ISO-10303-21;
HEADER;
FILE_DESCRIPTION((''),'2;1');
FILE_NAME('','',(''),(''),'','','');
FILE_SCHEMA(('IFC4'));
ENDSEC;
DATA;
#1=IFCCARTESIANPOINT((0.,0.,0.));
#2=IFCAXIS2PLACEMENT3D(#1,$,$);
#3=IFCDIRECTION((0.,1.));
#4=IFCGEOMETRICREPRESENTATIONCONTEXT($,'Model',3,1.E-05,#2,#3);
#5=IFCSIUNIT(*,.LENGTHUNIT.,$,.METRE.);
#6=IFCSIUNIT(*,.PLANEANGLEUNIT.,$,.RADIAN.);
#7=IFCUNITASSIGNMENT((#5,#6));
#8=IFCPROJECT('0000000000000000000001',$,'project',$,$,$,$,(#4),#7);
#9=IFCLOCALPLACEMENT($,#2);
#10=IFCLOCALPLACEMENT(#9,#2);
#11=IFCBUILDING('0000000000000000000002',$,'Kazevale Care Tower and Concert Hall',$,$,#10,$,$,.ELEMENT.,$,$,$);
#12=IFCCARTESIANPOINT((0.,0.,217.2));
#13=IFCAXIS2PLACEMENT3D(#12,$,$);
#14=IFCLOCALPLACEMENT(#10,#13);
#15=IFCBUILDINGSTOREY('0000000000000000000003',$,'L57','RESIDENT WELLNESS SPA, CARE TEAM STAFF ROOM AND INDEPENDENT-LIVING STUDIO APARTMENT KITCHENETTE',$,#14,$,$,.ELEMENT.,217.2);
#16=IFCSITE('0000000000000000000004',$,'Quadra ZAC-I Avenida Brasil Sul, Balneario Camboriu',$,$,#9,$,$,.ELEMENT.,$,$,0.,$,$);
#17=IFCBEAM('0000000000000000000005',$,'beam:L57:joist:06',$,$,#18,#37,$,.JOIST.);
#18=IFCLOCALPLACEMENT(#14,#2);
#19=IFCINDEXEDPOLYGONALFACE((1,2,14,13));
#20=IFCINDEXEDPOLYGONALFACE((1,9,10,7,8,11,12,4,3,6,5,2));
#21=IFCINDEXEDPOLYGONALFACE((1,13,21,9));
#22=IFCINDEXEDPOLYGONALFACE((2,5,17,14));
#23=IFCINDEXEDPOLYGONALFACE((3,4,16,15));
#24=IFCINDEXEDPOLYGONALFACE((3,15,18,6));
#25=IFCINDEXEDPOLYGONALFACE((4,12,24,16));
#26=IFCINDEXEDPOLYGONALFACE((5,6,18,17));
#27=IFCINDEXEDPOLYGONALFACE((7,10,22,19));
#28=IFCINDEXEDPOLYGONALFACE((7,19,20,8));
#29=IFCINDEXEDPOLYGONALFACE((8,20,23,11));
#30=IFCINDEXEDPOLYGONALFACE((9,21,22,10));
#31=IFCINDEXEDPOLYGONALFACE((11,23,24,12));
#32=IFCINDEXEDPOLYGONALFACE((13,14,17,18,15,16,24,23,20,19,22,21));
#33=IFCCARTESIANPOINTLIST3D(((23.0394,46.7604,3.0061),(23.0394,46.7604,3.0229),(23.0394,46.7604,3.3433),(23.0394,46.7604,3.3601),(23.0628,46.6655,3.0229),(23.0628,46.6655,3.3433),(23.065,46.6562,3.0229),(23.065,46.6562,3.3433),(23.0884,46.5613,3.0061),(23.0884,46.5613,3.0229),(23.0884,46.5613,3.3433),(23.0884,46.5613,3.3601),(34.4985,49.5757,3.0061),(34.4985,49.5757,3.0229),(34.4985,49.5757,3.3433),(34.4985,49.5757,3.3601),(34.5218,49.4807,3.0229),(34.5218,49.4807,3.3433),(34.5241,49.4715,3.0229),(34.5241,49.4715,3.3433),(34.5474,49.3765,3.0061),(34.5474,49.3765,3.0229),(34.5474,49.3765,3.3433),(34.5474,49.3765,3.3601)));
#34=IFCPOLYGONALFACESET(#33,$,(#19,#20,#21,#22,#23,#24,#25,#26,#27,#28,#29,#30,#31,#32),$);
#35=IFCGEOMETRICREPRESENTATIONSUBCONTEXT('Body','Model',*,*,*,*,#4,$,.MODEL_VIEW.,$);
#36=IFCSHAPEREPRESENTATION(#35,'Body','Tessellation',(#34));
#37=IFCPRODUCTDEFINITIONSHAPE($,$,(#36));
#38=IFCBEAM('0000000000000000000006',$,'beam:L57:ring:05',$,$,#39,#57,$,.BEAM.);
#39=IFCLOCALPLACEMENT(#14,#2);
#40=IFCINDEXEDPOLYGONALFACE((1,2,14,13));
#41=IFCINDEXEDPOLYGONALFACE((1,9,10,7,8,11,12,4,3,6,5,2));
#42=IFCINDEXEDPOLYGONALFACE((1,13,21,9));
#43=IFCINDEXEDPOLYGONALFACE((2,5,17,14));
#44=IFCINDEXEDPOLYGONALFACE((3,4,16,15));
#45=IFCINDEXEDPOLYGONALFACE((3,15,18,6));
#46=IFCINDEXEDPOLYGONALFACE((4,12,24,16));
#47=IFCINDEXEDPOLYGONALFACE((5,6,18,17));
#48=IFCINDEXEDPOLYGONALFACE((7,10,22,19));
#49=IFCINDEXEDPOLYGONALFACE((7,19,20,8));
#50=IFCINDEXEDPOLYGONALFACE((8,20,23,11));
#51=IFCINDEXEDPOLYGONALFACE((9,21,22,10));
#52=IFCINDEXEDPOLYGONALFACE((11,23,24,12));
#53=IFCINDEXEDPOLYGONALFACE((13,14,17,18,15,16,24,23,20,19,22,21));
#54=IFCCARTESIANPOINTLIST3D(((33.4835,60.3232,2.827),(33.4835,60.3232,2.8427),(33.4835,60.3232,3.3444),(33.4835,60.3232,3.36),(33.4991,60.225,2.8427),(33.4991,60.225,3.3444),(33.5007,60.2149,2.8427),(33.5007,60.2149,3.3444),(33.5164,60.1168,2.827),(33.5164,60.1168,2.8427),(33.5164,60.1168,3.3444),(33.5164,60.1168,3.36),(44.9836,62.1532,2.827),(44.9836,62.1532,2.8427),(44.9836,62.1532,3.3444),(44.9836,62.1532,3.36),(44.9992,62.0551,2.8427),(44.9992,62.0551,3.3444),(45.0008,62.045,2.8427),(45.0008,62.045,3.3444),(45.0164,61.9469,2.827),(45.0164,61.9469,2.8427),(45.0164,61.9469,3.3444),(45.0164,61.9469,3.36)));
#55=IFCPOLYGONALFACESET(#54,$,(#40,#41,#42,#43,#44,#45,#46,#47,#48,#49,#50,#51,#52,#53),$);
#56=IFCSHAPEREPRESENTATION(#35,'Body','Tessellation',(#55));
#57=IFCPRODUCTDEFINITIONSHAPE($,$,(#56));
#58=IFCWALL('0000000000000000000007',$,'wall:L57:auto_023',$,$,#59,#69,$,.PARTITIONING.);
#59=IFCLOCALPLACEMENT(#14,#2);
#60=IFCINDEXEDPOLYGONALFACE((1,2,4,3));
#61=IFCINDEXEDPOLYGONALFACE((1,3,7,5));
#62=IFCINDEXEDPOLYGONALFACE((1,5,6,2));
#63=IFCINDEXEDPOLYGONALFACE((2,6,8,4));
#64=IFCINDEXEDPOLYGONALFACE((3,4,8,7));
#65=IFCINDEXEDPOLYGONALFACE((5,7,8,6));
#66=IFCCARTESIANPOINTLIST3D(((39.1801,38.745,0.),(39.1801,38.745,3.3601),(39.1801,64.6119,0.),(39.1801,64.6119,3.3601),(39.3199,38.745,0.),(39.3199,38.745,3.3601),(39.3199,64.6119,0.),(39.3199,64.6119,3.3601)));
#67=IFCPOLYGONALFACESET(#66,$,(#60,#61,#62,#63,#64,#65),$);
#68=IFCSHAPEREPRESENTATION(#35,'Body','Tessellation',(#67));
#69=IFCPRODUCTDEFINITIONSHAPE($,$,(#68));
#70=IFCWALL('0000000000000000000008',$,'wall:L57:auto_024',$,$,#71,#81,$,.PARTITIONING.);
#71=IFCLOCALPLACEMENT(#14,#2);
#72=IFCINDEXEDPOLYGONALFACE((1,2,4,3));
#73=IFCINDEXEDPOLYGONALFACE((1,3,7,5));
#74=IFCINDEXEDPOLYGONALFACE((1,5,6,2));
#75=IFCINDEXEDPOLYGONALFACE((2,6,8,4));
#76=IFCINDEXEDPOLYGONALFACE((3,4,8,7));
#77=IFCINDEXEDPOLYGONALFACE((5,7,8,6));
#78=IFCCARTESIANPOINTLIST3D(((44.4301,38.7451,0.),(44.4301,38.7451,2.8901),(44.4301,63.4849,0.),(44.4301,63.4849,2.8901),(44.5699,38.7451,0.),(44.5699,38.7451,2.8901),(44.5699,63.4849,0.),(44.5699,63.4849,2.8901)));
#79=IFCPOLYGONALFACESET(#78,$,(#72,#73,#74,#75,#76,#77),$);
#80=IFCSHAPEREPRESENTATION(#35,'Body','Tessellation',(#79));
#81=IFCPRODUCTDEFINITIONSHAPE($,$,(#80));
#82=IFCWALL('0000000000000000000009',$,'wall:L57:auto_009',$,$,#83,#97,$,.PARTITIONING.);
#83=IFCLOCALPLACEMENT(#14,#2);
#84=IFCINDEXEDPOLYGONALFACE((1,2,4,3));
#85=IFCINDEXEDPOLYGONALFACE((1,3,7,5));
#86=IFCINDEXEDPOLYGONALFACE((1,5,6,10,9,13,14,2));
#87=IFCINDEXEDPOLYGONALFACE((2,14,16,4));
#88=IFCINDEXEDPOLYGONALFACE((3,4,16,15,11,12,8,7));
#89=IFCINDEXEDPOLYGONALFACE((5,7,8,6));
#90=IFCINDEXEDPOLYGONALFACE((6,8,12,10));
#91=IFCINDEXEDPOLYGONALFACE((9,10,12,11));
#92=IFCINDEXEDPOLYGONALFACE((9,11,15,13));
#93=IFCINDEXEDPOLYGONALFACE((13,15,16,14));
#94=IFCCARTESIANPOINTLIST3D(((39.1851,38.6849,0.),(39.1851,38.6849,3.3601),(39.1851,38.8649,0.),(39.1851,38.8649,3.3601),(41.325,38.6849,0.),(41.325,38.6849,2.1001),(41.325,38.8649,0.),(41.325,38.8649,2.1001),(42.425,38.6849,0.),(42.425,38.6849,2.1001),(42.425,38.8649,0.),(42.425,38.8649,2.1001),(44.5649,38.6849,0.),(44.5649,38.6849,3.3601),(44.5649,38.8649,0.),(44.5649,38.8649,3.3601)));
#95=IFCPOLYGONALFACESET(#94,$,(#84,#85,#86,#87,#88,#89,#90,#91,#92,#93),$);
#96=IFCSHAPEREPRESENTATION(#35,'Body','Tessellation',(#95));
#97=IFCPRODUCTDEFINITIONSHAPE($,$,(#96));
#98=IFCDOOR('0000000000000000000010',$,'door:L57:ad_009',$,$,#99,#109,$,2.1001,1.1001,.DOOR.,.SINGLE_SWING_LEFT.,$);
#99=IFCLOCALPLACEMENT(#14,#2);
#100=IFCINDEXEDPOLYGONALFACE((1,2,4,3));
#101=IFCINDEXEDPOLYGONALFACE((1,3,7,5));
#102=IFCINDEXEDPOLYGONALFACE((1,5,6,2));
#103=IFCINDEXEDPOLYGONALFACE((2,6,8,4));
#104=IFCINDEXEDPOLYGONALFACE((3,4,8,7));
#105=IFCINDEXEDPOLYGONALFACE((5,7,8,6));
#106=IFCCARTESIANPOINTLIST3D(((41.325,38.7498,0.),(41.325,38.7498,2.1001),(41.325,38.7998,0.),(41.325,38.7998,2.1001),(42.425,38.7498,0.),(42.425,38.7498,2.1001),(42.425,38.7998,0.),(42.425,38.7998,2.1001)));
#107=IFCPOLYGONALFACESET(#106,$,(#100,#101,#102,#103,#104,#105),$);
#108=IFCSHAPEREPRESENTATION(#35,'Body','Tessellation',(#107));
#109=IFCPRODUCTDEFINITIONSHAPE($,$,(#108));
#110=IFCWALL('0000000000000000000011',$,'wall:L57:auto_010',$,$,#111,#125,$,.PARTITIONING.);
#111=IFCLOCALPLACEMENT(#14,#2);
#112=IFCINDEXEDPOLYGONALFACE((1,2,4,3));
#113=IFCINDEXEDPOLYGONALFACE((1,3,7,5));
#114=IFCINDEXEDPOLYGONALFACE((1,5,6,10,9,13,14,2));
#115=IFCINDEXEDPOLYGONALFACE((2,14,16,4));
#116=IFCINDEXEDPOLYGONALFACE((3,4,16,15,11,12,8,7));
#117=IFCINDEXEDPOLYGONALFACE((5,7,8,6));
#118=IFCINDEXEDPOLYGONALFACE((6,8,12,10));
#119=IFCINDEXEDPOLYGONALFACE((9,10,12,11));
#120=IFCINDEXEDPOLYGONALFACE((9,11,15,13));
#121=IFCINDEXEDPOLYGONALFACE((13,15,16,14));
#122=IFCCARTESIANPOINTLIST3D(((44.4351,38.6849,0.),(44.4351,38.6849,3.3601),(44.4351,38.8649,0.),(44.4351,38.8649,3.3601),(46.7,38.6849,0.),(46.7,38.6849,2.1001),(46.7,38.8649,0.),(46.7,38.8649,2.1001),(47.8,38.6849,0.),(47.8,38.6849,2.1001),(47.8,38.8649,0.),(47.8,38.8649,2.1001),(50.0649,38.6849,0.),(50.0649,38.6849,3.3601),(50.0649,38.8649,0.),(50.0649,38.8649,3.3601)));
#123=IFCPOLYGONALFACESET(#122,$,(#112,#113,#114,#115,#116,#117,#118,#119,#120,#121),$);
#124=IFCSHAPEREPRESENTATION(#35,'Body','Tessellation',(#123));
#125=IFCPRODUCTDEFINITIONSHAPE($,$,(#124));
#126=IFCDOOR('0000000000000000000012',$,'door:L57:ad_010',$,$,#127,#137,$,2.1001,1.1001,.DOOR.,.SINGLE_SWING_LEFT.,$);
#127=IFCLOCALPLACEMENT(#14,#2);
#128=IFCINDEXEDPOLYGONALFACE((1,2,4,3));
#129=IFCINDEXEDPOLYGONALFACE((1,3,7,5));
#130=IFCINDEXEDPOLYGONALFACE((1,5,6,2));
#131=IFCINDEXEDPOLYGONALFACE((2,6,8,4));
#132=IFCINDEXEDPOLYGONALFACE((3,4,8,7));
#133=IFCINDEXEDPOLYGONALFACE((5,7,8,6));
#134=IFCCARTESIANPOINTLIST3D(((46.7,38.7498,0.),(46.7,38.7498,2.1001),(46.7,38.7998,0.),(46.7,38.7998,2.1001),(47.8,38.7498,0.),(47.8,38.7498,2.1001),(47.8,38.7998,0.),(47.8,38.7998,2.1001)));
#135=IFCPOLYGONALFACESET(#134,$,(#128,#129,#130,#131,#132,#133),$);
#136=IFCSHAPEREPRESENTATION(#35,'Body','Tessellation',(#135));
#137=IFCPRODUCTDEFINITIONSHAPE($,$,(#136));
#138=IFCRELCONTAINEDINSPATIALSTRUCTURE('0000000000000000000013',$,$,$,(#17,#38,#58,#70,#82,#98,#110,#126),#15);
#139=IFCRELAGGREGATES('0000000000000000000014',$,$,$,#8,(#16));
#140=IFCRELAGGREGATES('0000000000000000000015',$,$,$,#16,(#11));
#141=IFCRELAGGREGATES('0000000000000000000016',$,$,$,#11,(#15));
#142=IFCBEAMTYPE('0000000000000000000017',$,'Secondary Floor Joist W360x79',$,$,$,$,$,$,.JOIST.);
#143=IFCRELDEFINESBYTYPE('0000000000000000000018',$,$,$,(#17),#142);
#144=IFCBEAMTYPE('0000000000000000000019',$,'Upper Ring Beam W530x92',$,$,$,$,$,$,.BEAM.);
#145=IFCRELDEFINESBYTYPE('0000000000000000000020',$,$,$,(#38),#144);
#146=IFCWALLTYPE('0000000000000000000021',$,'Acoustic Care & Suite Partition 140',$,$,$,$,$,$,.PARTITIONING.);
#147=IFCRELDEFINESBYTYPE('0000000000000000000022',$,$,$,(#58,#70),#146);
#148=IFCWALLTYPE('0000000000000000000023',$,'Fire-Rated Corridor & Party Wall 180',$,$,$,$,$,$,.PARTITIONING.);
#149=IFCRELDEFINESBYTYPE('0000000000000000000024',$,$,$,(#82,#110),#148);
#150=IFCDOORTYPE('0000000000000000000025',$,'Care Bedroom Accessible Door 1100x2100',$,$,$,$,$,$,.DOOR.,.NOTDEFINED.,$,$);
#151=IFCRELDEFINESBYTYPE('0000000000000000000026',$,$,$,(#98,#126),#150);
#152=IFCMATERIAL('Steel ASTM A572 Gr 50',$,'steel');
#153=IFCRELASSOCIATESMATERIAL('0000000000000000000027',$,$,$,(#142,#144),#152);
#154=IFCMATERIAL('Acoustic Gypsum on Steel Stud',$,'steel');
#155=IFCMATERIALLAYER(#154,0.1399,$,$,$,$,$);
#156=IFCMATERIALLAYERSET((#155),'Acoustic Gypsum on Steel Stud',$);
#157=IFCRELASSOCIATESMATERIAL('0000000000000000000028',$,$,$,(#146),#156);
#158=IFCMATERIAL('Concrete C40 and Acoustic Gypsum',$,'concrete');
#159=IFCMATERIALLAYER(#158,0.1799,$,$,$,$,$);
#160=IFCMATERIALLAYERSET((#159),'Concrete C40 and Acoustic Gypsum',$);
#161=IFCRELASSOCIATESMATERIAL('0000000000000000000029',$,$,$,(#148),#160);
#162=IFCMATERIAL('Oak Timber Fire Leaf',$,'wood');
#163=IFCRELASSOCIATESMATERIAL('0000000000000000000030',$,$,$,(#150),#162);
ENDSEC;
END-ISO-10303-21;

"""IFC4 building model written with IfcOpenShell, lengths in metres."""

from ifc_helpers import new_model, si_unit, direction, frame, frame_2d, origin, origin_2d, place, context, subcontext, project, spatial, rectangle, i_section, extrude, material, layer, layer_set, material_profile, profile_set, type_object, element, fill, save


model = new_model("IFC4")

# Units and contexts
model_context = context("Model", 3, precision=1e-05, world=origin(), true_north=direction((0.0, 1.0)))
body_context = subcontext(model_context, "Body", "Model", "MODEL_VIEW")
ifc_project = project(units=[si_unit("LENGTHUNIT", "METRE"), si_unit("PLANEANGLEUNIT", "RADIAN")], contexts=[model_context])

# Site, building, storey
site_placement = place(None, origin())
site = spatial("IfcSite", under=ifc_project, at=site_placement, Name="Quadra ZAC-I Avenida Brasil Sul, Balneario Camboriu", CompositionType="ELEMENT", RefElevation=0.0)
building_placement = place(site_placement, origin())
building = spatial("IfcBuilding", under=site, at=building_placement, Name="Kazevale Care Tower and Concert Hall", CompositionType="ELEMENT")
storey_placement = place(building_placement, frame((0.0, 0.0, 217.2)))
storey = spatial("IfcBuildingStorey", under=building, at=storey_placement, Name="L57", Description="RESIDENT WELLNESS SPA, CARE TEAM STAFF ROOM AND INDEPENDENT-LIVING STUDIO APARTMENT KITCHENETTE", CompositionType="ELEMENT", Elevation=217.2)

# Beams
ifc_material_1 = material(Name="Steel ASTM A572 Gr 50", Category="steel")
ifc_material_profile_1 = material_profile(ifc_material_1, i_section(OverallWidth=0.2051, OverallDepth=0.354, WebThickness=0.0095, FlangeThickness=0.0168, at=origin_2d()), Name="W360x79")
ifc_profile_set_1 = profile_set([ifc_material_profile_1], Name="Steel ASTM A572 Gr 50")
beam_type_1 = type_object("IfcBeamType", Name="Secondary Floor Joist W360x79", PredefinedType="JOIST", material=ifc_profile_set_1)
beam_1_placement = place(storey_placement, frame((34.5229, 49.4761, 3.1831), z_axis=(-0.971123, -0.238581, 0.0), x_axis=(0.238581, -0.971123, 0.0)))
element("IfcBeam", 1, at=beam_1_placement, inside=storey, type_object=beam_type_1, Name="beam:L57:joist:06", PredefinedType="JOIST", context=body_context, shape_type="SweptSolid", body=[
    extrude(i_section(OverallWidth=0.2051, OverallDepth=0.354, WebThickness=0.0095, FlangeThickness=0.0168, at=origin_2d()), origin(), (0.0, 0.0, 1.0), 11.7998),
])
ifc_material_profile_2 = material_profile(ifc_material_1, i_section(OverallWidth=0.209, OverallDepth=0.533, WebThickness=0.0103, FlangeThickness=0.0156, at=origin_2d()), Name="W530x92")
ifc_profile_set_2 = profile_set([ifc_material_profile_2], Name="Steel ASTM A572 Gr 50")
beam_type_2 = type_object("IfcBeamType", Name="Upper Ring Beam W530x92", PredefinedType="BEAM", material=ifc_profile_set_2)
beam_2_placement = place(storey_placement, frame((45.0, 62.05, 3.0935), z_axis=(-0.987573, -0.15716, 0.0), x_axis=(0.15716, -0.987573, 0.0)))
element("IfcBeam", 2, at=beam_2_placement, inside=storey, type_object=beam_type_2, Name="beam:L57:ring:05", PredefinedType="BEAM", context=body_context, shape_type="SweptSolid", body=[
    extrude(i_section(OverallWidth=0.209, OverallDepth=0.533, WebThickness=0.0103, FlangeThickness=0.0156, at=origin_2d()), origin(), (0.0, 0.0, 1.0), 11.6448),
])

# Walls
ifc_material_2 = material(Name="Acoustic Gypsum on Steel Stud", Category="steel")
ifc_layer_1 = layer(ifc_material_2, 0.1399)
ifc_layer_set_1 = layer_set([ifc_layer_1], Name="Acoustic Gypsum on Steel Stud")
wall_type_1 = type_object("IfcWallType", Name="Acoustic Care & Suite Partition 140", PredefinedType="PARTITIONING", material=ifc_layer_set_1)
wall_1_placement = place(storey_placement, frame((39.25, 64.6121, 0.0), z_axis=(0.0, 0.0, 1.0), x_axis=(0.0, -1.0, 0.0)))
element("IfcWall", 3, at=wall_1_placement, inside=storey, type_object=wall_type_1, Name="wall:L57:auto_023", PredefinedType="PARTITIONING", context=body_context, shape_type="SweptSolid", body=[
    extrude(rectangle(XDim=25.8669, YDim=0.1399, at=frame_2d((12.9336, 0.0))), origin(), (0.0, 0.0, 1.0), 3.3601),
])
wall_2_placement = place(storey_placement, frame((44.5, 63.4849, 0.0), z_axis=(0.0, 0.0, 1.0), x_axis=(0.0, -1.0, 0.0)))
element("IfcWall", 4, at=wall_2_placement, inside=storey, type_object=wall_type_1, Name="wall:L57:auto_024", PredefinedType="PARTITIONING", context=body_context, shape_type="SweptSolid", body=[
    extrude(rectangle(XDim=24.7397, YDim=0.1399, at=frame_2d((12.3699, 0.0))), origin(), (0.0, 0.0, 1.0), 2.8901),
])

# Walls, openings, doors
ifc_material_3 = material(Name="Concrete C40 and Acoustic Gypsum", Category="concrete")
ifc_layer_2 = layer(ifc_material_3, 0.1799)
ifc_layer_set_2 = layer_set([ifc_layer_2], Name="Concrete C40 and Acoustic Gypsum")
wall_type_2 = type_object("IfcWallType", Name="Fire-Rated Corridor & Party Wall 180", PredefinedType="PARTITIONING", material=ifc_layer_set_2)
wall_3_placement = place(storey_placement, frame((39.1851, 38.7749, 0.0), z_axis=(0.0, 0.0, 1.0), x_axis=(1.0, 0.0, 0.0)))
wall_3 = element("IfcWall", 5, at=wall_3_placement, inside=storey, type_object=wall_type_2, Name="wall:L57:auto_009", PredefinedType="PARTITIONING", context=body_context, shape_type="SweptSolid", body=[
    extrude(rectangle(XDim=5.3799, YDim=0.1799, at=frame_2d((2.6899, 0.0))), origin(), (0.0, 0.0, 1.0), 3.3601),
])
opening_1_placement = place(wall_3_placement, frame((2.1399, 0.0, 0.0)))
opening_1 = element("IfcOpeningElement", 6, at=opening_1_placement, cuts=wall_3, PredefinedType="OPENING", context=body_context, shape_type="SweptSolid", body=[
    extrude(rectangle(XDim=1.1001, YDim=2.1001, at=frame_2d((0.55, 1.05))), frame((0.0, 0.0999, 0.0), z_axis=(0.0, -1.0, 0.0), x_axis=(1.0, 0.0, 0.0)), (0.0, 0.0, 1.0), 0.2),
])
ifc_material_4 = material(Name="Oak Timber Fire Leaf", Category="wood")
door_type = type_object("IfcDoorType", Name="Care Bedroom Accessible Door 1100x2100", OperationType="NOTDEFINED", PredefinedType="DOOR", material=ifc_material_4)
door_1_placement = place(opening_1_placement, origin())
door_1 = element("IfcDoor", 7, at=door_1_placement, inside=storey, type_object=door_type, Name="door:L57:ad_009", OperationType="SINGLE_SWING_LEFT", OverallHeight=2.1001, OverallWidth=1.1001, PredefinedType="DOOR", context=body_context, shape_type="SweptSolid", body=[
    extrude(rectangle(XDim=1.1001, YDim=2.1001, at=frame_2d((0.55, 1.05))), frame((0.0, 0.0249, 0.0), z_axis=(0.0, -1.0, 0.0), x_axis=(1.0, 0.0, 0.0)), (0.0, 0.0, 1.0), 0.05),
])
fill(opening_1, door_1)
wall_4_placement = place(storey_placement, frame((44.4351, 38.7749, 0.0), z_axis=(0.0, 0.0, 1.0), x_axis=(1.0, 0.0, 0.0)))
wall_4 = element("IfcWall", 8, at=wall_4_placement, inside=storey, type_object=wall_type_2, Name="wall:L57:auto_010", PredefinedType="PARTITIONING", context=body_context, shape_type="SweptSolid", body=[
    extrude(rectangle(XDim=5.6299, YDim=0.1799, at=frame_2d((2.8149, 0.0))), origin(), (0.0, 0.0, 1.0), 3.3601),
])
opening_2_placement = place(wall_4_placement, frame((2.2649, 0.0, 0.0)))
opening_2 = element("IfcOpeningElement", 9, at=opening_2_placement, cuts=wall_4, PredefinedType="OPENING", context=body_context, shape_type="SweptSolid", body=[
    extrude(rectangle(XDim=1.1001, YDim=2.1001, at=frame_2d((0.55, 1.05))), frame((0.0, 0.0999, 0.0), z_axis=(0.0, -1.0, 0.0), x_axis=(1.0, 0.0, 0.0)), (0.0, 0.0, 1.0), 0.2),
])
door_2_placement = place(opening_2_placement, origin())
door_2 = element("IfcDoor", 10, at=door_2_placement, inside=storey, type_object=door_type, Name="door:L57:ad_010", OperationType="SINGLE_SWING_LEFT", OverallHeight=2.1001, OverallWidth=1.1001, PredefinedType="DOOR", context=body_context, shape_type="SweptSolid", body=[
    extrude(rectangle(XDim=1.1001, YDim=2.1001, at=frame_2d((0.55, 1.05))), frame((0.0, 0.0249, 0.0), z_axis=(0.0, -1.0, 0.0), x_axis=(1.0, 0.0, 0.0)), (0.0, 0.0, 1.0), 0.05),
])
fill(opening_2, door_2)

save(model, "model.ifc")
